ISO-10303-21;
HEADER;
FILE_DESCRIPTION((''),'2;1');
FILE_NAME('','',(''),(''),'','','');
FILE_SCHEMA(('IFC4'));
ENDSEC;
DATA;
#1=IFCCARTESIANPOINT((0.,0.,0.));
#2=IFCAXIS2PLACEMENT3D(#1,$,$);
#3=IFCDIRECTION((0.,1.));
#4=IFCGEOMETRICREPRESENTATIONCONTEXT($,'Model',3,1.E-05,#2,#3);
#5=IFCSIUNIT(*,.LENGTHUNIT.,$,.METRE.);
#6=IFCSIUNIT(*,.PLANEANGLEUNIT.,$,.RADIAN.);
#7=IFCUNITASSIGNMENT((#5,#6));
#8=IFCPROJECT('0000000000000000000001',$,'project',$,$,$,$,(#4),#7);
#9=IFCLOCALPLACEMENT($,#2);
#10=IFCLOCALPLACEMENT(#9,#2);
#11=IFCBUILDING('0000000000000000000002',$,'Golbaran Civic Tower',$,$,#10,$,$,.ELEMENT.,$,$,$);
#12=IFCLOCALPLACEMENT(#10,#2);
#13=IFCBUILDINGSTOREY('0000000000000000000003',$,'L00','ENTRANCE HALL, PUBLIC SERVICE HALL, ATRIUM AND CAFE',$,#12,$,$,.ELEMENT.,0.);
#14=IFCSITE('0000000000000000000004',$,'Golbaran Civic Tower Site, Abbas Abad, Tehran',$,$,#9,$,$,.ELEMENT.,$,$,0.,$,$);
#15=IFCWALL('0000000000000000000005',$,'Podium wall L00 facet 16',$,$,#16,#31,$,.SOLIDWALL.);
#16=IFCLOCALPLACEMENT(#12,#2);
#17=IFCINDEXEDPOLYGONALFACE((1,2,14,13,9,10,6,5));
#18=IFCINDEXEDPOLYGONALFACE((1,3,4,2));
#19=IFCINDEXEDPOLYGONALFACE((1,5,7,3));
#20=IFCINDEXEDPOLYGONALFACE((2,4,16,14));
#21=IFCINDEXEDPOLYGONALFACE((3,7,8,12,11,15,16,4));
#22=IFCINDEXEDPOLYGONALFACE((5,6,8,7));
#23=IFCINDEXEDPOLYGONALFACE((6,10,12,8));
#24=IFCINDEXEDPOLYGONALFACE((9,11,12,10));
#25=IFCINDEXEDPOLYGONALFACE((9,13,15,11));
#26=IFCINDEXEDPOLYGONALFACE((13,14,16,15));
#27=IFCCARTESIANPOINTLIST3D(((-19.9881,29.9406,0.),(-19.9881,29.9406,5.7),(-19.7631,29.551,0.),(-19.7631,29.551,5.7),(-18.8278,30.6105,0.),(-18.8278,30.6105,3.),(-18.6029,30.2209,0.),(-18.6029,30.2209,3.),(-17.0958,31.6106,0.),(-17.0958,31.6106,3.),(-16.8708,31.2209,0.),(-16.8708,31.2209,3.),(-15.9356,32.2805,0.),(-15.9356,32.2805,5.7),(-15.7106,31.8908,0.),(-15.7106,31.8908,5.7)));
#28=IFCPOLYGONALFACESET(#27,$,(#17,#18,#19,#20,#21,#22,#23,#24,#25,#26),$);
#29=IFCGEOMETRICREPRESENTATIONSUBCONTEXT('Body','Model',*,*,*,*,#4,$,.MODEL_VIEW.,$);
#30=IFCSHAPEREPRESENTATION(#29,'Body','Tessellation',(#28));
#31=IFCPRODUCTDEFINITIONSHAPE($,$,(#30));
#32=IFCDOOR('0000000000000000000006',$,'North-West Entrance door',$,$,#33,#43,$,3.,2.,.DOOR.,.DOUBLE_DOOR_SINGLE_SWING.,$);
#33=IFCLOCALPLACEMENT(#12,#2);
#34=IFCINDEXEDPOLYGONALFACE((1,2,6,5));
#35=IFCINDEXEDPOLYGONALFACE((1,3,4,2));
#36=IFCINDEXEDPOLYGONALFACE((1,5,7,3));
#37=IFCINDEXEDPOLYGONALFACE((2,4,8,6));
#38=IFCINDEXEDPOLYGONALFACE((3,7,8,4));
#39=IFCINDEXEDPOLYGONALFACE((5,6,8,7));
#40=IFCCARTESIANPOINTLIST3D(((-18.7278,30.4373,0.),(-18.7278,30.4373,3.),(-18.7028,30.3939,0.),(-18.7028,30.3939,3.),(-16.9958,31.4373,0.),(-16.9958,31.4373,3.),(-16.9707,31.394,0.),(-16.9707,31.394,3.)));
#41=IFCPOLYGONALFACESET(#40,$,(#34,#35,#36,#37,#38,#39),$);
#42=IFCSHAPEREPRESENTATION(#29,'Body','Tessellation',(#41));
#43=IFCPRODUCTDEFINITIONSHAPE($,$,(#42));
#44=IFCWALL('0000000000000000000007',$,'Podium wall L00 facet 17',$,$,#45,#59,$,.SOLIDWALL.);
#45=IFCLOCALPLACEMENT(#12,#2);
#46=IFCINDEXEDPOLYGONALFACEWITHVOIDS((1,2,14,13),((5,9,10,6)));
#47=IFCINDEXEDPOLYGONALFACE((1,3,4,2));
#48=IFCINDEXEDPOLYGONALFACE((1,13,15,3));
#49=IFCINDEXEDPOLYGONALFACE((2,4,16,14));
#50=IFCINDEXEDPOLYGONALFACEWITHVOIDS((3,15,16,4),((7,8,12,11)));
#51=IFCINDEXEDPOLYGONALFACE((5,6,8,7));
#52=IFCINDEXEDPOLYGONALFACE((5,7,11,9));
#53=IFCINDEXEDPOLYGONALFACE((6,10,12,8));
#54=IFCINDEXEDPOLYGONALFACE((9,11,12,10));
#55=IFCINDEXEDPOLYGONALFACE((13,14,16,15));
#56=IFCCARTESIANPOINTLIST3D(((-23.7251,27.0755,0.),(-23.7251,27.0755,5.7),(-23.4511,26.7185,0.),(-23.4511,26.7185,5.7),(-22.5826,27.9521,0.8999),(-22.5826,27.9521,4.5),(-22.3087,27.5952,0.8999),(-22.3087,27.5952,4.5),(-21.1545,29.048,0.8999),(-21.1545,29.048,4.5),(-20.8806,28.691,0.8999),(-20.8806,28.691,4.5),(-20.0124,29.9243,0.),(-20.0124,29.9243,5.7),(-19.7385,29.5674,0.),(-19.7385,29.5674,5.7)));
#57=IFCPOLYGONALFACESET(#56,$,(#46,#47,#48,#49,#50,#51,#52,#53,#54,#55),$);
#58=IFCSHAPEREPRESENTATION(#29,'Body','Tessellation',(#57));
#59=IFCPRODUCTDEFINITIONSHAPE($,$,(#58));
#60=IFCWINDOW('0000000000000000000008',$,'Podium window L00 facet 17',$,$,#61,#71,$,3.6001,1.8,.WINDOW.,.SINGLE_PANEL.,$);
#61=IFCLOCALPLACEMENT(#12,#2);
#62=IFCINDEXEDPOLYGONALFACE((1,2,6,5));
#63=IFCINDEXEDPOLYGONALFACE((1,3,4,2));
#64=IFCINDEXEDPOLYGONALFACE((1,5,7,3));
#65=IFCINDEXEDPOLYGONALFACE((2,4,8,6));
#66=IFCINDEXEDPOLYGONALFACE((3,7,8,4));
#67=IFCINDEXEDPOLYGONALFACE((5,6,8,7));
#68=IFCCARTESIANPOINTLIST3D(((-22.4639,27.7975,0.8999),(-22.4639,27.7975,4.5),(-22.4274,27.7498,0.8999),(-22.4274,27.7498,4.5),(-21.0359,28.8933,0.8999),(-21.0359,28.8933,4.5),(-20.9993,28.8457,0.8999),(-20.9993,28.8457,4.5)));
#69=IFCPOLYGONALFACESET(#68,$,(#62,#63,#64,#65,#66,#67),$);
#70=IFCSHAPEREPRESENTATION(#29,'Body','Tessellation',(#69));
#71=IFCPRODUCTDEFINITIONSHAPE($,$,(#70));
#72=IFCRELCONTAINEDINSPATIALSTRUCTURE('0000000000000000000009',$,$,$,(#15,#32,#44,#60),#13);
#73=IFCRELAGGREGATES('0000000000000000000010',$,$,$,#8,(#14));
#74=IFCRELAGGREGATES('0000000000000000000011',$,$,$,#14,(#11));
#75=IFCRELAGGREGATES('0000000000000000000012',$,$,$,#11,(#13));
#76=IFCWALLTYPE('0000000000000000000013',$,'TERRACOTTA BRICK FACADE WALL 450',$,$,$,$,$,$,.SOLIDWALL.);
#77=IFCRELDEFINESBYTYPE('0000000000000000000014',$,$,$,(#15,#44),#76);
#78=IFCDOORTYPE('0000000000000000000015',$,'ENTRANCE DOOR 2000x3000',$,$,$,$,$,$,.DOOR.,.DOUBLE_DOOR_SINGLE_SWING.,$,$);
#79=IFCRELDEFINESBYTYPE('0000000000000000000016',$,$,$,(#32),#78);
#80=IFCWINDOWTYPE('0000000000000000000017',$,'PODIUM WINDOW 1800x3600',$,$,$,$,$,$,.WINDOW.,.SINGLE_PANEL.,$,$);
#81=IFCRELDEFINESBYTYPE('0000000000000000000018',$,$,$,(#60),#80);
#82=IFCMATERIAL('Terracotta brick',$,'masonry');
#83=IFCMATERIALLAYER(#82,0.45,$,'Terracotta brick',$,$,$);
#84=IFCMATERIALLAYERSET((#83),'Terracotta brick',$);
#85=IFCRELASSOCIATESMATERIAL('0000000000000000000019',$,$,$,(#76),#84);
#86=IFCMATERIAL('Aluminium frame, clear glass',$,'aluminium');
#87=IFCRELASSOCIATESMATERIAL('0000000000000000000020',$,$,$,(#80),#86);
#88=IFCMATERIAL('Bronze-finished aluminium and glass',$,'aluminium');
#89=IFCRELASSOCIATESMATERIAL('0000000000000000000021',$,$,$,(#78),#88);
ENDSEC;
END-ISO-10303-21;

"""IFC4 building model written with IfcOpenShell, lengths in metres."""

from ifc_helpers import new_model, si_unit, direction, frame, frame_2d, origin, place, context, subcontext, project, spatial, rectangle, extrude, material, layer, layer_set, type_object, element, fill, save


model = new_model("IFC4")

# Units and contexts
model_context = context("Model", 3, precision=1e-05, world=origin(), true_north=direction((0.0, 1.0)))
body_context = subcontext(model_context, "Body", "Model", "MODEL_VIEW")
ifc_project = project(units=[si_unit("LENGTHUNIT", "METRE"), si_unit("PLANEANGLEUNIT", "RADIAN")], contexts=[model_context])

# Site, building, storey
site_placement = place(None, origin())
site = spatial("IfcSite", under=ifc_project, at=site_placement, Name="Golbaran Civic Tower Site, Abbas Abad, Tehran", CompositionType="ELEMENT", RefElevation=0.0)
building_placement = place(site_placement, origin())
building = spatial("IfcBuilding", under=site, at=building_placement, Name="Golbaran Civic Tower", CompositionType="ELEMENT")
storey_placement = place(building_placement, origin())
storey = spatial("IfcBuildingStorey", under=building, at=storey_placement, Name="L00", Description="ENTRANCE HALL, PUBLIC SERVICE HALL, ATRIUM AND CAFE", CompositionType="ELEMENT", Elevation=0.0)

# Shared definitions
ifc_material_1 = material(Name="Terracotta brick", Category="masonry")
ifc_layer_1 = layer(ifc_material_1, 0.45, Name="Terracotta brick")
ifc_layer_set_1 = layer_set([ifc_layer_1], Name="Terracotta brick")
wall_type_1 = type_object("IfcWallType", Name="TERRACOTTA BRICK FACADE WALL 450", PredefinedType="SOLIDWALL", material=ifc_layer_set_1)
ifc_material_2 = material(Name="Aluminium frame, clear glass", Category="aluminium")
window_type = type_object("IfcWindowType", Name="PODIUM WINDOW 1800x3600", PartitioningType="SINGLE_PANEL", PredefinedType="WINDOW", material=ifc_material_2)

# Wall, opening, door
wall_1_placement = place(storey_placement, frame((-15.823, 32.0857, 0.0), z_axis=(0.0, 0.0, 1.0), x_axis=(-0.866013, -0.500022, 0.0)))
wall_1 = element("IfcWall", 1, at=wall_1_placement, inside=storey, type_object=wall_type_1, Name="Podium wall L00 facet 16", PredefinedType="SOLIDWALL", context=body_context, shape_type="SweptSolid", body=[
    extrude(rectangle(XDim=4.6794, YDim=0.45, at=frame_2d((2.3398, 0.0))), origin(), (0.0, 0.0, 1.0), 5.7),
])
opening_1_placement = place(wall_1_placement, frame((1.3398, 0.0, 0.0)))
opening_1 = element("IfcOpeningElement", 2, at=opening_1_placement, cuts=wall_1, PredefinedType="OPENING", context=body_context, shape_type="SweptSolid", body=[
    extrude(rectangle(XDim=2.0, YDim=3.0, at=frame_2d((1.0, 1.5))), frame((0.0, 0.2349, 0.0), z_axis=(0.0, -1.0, 0.0), x_axis=(1.0, 0.0, 0.0)), (0.0, 0.0, 1.0), 0.47),
])
ifc_material_3 = material(Name="Bronze-finished aluminium and glass", Category="aluminium")
door_type = type_object("IfcDoorType", Name="ENTRANCE DOOR 2000x3000", OperationType="DOUBLE_DOOR_SINGLE_SWING", PredefinedType="DOOR", material=ifc_material_3)
door_placement = place(opening_1_placement, frame((2.0, 0.0, 0.0), z_axis=(0.0, 0.0, 1.0), x_axis=(-1.0, 0.0, 0.0)))
door = element("IfcDoor", 3, at=door_placement, inside=storey, type_object=door_type, Name="North-West Entrance door", OperationType="DOUBLE_DOOR_SINGLE_SWING", OverallHeight=3.0, OverallWidth=2.0, PredefinedType="DOOR", context=body_context, shape_type="SweptSolid", body=[
    extrude(rectangle(XDim=2.0, YDim=3.0, at=frame_2d((1.0, 1.5))), frame((0.0, 0.0249, 0.0), z_axis=(0.0, -1.0, 0.0), x_axis=(1.0, 0.0, 0.0)), (0.0, 0.0, 1.0), 0.05),
])
fill(opening_1, door)

# Wall, opening, window
wall_2_placement = place(storey_placement, frame((-19.8755, 29.7458, 0.0), z_axis=(0.0, 0.0, 1.0), x_axis=(-0.793347, -0.60877, 0.0)))
wall_2 = element("IfcWall", 4, at=wall_2_placement, inside=storey, type_object=wall_type_1, Name="Podium wall L00 facet 17", PredefinedType="SOLIDWALL", context=body_context, shape_type="SweptSolid", body=[
    extrude(rectangle(XDim=4.6797, YDim=0.45, at=frame_2d((2.3398, 0.0))), origin(), (0.0, 0.0, 1.0), 5.7),
])
opening_2_placement = place(wall_2_placement, frame((1.4397, 0.0, 0.8999)))
opening_2 = element("IfcOpeningElement", 5, at=opening_2_placement, cuts=wall_2, PredefinedType="OPENING", context=body_context, shape_type="SweptSolid", body=[
    extrude(rectangle(XDim=1.8, YDim=3.6001, at=frame_2d((0.8999, 1.8))), frame((0.0, 0.2349, 0.0), z_axis=(0.0, -1.0, 0.0), x_axis=(1.0, 0.0, 0.0)), (0.0, 0.0, 1.0), 0.47),
])
window_1_placement = place(opening_2_placement, origin())
window_1 = element("IfcWindow", 6, at=window_1_placement, inside=storey, type_object=window_type, Name="Podium window L00 facet 17", OverallHeight=3.6001, OverallWidth=1.8, PartitioningType="SINGLE_PANEL", PredefinedType="WINDOW", context=body_context, shape_type="SweptSolid", body=[
    extrude(rectangle(XDim=1.8, YDim=3.6001, at=frame_2d((0.8999, 1.8))), frame((0.0, 0.03, 0.0), z_axis=(0.0, -1.0, 0.0), x_axis=(1.0, 0.0, 0.0)), (0.0, 0.0, 1.0), 0.0601),
])
fill(opening_2, window_1)

save(model, "model.ifc")
